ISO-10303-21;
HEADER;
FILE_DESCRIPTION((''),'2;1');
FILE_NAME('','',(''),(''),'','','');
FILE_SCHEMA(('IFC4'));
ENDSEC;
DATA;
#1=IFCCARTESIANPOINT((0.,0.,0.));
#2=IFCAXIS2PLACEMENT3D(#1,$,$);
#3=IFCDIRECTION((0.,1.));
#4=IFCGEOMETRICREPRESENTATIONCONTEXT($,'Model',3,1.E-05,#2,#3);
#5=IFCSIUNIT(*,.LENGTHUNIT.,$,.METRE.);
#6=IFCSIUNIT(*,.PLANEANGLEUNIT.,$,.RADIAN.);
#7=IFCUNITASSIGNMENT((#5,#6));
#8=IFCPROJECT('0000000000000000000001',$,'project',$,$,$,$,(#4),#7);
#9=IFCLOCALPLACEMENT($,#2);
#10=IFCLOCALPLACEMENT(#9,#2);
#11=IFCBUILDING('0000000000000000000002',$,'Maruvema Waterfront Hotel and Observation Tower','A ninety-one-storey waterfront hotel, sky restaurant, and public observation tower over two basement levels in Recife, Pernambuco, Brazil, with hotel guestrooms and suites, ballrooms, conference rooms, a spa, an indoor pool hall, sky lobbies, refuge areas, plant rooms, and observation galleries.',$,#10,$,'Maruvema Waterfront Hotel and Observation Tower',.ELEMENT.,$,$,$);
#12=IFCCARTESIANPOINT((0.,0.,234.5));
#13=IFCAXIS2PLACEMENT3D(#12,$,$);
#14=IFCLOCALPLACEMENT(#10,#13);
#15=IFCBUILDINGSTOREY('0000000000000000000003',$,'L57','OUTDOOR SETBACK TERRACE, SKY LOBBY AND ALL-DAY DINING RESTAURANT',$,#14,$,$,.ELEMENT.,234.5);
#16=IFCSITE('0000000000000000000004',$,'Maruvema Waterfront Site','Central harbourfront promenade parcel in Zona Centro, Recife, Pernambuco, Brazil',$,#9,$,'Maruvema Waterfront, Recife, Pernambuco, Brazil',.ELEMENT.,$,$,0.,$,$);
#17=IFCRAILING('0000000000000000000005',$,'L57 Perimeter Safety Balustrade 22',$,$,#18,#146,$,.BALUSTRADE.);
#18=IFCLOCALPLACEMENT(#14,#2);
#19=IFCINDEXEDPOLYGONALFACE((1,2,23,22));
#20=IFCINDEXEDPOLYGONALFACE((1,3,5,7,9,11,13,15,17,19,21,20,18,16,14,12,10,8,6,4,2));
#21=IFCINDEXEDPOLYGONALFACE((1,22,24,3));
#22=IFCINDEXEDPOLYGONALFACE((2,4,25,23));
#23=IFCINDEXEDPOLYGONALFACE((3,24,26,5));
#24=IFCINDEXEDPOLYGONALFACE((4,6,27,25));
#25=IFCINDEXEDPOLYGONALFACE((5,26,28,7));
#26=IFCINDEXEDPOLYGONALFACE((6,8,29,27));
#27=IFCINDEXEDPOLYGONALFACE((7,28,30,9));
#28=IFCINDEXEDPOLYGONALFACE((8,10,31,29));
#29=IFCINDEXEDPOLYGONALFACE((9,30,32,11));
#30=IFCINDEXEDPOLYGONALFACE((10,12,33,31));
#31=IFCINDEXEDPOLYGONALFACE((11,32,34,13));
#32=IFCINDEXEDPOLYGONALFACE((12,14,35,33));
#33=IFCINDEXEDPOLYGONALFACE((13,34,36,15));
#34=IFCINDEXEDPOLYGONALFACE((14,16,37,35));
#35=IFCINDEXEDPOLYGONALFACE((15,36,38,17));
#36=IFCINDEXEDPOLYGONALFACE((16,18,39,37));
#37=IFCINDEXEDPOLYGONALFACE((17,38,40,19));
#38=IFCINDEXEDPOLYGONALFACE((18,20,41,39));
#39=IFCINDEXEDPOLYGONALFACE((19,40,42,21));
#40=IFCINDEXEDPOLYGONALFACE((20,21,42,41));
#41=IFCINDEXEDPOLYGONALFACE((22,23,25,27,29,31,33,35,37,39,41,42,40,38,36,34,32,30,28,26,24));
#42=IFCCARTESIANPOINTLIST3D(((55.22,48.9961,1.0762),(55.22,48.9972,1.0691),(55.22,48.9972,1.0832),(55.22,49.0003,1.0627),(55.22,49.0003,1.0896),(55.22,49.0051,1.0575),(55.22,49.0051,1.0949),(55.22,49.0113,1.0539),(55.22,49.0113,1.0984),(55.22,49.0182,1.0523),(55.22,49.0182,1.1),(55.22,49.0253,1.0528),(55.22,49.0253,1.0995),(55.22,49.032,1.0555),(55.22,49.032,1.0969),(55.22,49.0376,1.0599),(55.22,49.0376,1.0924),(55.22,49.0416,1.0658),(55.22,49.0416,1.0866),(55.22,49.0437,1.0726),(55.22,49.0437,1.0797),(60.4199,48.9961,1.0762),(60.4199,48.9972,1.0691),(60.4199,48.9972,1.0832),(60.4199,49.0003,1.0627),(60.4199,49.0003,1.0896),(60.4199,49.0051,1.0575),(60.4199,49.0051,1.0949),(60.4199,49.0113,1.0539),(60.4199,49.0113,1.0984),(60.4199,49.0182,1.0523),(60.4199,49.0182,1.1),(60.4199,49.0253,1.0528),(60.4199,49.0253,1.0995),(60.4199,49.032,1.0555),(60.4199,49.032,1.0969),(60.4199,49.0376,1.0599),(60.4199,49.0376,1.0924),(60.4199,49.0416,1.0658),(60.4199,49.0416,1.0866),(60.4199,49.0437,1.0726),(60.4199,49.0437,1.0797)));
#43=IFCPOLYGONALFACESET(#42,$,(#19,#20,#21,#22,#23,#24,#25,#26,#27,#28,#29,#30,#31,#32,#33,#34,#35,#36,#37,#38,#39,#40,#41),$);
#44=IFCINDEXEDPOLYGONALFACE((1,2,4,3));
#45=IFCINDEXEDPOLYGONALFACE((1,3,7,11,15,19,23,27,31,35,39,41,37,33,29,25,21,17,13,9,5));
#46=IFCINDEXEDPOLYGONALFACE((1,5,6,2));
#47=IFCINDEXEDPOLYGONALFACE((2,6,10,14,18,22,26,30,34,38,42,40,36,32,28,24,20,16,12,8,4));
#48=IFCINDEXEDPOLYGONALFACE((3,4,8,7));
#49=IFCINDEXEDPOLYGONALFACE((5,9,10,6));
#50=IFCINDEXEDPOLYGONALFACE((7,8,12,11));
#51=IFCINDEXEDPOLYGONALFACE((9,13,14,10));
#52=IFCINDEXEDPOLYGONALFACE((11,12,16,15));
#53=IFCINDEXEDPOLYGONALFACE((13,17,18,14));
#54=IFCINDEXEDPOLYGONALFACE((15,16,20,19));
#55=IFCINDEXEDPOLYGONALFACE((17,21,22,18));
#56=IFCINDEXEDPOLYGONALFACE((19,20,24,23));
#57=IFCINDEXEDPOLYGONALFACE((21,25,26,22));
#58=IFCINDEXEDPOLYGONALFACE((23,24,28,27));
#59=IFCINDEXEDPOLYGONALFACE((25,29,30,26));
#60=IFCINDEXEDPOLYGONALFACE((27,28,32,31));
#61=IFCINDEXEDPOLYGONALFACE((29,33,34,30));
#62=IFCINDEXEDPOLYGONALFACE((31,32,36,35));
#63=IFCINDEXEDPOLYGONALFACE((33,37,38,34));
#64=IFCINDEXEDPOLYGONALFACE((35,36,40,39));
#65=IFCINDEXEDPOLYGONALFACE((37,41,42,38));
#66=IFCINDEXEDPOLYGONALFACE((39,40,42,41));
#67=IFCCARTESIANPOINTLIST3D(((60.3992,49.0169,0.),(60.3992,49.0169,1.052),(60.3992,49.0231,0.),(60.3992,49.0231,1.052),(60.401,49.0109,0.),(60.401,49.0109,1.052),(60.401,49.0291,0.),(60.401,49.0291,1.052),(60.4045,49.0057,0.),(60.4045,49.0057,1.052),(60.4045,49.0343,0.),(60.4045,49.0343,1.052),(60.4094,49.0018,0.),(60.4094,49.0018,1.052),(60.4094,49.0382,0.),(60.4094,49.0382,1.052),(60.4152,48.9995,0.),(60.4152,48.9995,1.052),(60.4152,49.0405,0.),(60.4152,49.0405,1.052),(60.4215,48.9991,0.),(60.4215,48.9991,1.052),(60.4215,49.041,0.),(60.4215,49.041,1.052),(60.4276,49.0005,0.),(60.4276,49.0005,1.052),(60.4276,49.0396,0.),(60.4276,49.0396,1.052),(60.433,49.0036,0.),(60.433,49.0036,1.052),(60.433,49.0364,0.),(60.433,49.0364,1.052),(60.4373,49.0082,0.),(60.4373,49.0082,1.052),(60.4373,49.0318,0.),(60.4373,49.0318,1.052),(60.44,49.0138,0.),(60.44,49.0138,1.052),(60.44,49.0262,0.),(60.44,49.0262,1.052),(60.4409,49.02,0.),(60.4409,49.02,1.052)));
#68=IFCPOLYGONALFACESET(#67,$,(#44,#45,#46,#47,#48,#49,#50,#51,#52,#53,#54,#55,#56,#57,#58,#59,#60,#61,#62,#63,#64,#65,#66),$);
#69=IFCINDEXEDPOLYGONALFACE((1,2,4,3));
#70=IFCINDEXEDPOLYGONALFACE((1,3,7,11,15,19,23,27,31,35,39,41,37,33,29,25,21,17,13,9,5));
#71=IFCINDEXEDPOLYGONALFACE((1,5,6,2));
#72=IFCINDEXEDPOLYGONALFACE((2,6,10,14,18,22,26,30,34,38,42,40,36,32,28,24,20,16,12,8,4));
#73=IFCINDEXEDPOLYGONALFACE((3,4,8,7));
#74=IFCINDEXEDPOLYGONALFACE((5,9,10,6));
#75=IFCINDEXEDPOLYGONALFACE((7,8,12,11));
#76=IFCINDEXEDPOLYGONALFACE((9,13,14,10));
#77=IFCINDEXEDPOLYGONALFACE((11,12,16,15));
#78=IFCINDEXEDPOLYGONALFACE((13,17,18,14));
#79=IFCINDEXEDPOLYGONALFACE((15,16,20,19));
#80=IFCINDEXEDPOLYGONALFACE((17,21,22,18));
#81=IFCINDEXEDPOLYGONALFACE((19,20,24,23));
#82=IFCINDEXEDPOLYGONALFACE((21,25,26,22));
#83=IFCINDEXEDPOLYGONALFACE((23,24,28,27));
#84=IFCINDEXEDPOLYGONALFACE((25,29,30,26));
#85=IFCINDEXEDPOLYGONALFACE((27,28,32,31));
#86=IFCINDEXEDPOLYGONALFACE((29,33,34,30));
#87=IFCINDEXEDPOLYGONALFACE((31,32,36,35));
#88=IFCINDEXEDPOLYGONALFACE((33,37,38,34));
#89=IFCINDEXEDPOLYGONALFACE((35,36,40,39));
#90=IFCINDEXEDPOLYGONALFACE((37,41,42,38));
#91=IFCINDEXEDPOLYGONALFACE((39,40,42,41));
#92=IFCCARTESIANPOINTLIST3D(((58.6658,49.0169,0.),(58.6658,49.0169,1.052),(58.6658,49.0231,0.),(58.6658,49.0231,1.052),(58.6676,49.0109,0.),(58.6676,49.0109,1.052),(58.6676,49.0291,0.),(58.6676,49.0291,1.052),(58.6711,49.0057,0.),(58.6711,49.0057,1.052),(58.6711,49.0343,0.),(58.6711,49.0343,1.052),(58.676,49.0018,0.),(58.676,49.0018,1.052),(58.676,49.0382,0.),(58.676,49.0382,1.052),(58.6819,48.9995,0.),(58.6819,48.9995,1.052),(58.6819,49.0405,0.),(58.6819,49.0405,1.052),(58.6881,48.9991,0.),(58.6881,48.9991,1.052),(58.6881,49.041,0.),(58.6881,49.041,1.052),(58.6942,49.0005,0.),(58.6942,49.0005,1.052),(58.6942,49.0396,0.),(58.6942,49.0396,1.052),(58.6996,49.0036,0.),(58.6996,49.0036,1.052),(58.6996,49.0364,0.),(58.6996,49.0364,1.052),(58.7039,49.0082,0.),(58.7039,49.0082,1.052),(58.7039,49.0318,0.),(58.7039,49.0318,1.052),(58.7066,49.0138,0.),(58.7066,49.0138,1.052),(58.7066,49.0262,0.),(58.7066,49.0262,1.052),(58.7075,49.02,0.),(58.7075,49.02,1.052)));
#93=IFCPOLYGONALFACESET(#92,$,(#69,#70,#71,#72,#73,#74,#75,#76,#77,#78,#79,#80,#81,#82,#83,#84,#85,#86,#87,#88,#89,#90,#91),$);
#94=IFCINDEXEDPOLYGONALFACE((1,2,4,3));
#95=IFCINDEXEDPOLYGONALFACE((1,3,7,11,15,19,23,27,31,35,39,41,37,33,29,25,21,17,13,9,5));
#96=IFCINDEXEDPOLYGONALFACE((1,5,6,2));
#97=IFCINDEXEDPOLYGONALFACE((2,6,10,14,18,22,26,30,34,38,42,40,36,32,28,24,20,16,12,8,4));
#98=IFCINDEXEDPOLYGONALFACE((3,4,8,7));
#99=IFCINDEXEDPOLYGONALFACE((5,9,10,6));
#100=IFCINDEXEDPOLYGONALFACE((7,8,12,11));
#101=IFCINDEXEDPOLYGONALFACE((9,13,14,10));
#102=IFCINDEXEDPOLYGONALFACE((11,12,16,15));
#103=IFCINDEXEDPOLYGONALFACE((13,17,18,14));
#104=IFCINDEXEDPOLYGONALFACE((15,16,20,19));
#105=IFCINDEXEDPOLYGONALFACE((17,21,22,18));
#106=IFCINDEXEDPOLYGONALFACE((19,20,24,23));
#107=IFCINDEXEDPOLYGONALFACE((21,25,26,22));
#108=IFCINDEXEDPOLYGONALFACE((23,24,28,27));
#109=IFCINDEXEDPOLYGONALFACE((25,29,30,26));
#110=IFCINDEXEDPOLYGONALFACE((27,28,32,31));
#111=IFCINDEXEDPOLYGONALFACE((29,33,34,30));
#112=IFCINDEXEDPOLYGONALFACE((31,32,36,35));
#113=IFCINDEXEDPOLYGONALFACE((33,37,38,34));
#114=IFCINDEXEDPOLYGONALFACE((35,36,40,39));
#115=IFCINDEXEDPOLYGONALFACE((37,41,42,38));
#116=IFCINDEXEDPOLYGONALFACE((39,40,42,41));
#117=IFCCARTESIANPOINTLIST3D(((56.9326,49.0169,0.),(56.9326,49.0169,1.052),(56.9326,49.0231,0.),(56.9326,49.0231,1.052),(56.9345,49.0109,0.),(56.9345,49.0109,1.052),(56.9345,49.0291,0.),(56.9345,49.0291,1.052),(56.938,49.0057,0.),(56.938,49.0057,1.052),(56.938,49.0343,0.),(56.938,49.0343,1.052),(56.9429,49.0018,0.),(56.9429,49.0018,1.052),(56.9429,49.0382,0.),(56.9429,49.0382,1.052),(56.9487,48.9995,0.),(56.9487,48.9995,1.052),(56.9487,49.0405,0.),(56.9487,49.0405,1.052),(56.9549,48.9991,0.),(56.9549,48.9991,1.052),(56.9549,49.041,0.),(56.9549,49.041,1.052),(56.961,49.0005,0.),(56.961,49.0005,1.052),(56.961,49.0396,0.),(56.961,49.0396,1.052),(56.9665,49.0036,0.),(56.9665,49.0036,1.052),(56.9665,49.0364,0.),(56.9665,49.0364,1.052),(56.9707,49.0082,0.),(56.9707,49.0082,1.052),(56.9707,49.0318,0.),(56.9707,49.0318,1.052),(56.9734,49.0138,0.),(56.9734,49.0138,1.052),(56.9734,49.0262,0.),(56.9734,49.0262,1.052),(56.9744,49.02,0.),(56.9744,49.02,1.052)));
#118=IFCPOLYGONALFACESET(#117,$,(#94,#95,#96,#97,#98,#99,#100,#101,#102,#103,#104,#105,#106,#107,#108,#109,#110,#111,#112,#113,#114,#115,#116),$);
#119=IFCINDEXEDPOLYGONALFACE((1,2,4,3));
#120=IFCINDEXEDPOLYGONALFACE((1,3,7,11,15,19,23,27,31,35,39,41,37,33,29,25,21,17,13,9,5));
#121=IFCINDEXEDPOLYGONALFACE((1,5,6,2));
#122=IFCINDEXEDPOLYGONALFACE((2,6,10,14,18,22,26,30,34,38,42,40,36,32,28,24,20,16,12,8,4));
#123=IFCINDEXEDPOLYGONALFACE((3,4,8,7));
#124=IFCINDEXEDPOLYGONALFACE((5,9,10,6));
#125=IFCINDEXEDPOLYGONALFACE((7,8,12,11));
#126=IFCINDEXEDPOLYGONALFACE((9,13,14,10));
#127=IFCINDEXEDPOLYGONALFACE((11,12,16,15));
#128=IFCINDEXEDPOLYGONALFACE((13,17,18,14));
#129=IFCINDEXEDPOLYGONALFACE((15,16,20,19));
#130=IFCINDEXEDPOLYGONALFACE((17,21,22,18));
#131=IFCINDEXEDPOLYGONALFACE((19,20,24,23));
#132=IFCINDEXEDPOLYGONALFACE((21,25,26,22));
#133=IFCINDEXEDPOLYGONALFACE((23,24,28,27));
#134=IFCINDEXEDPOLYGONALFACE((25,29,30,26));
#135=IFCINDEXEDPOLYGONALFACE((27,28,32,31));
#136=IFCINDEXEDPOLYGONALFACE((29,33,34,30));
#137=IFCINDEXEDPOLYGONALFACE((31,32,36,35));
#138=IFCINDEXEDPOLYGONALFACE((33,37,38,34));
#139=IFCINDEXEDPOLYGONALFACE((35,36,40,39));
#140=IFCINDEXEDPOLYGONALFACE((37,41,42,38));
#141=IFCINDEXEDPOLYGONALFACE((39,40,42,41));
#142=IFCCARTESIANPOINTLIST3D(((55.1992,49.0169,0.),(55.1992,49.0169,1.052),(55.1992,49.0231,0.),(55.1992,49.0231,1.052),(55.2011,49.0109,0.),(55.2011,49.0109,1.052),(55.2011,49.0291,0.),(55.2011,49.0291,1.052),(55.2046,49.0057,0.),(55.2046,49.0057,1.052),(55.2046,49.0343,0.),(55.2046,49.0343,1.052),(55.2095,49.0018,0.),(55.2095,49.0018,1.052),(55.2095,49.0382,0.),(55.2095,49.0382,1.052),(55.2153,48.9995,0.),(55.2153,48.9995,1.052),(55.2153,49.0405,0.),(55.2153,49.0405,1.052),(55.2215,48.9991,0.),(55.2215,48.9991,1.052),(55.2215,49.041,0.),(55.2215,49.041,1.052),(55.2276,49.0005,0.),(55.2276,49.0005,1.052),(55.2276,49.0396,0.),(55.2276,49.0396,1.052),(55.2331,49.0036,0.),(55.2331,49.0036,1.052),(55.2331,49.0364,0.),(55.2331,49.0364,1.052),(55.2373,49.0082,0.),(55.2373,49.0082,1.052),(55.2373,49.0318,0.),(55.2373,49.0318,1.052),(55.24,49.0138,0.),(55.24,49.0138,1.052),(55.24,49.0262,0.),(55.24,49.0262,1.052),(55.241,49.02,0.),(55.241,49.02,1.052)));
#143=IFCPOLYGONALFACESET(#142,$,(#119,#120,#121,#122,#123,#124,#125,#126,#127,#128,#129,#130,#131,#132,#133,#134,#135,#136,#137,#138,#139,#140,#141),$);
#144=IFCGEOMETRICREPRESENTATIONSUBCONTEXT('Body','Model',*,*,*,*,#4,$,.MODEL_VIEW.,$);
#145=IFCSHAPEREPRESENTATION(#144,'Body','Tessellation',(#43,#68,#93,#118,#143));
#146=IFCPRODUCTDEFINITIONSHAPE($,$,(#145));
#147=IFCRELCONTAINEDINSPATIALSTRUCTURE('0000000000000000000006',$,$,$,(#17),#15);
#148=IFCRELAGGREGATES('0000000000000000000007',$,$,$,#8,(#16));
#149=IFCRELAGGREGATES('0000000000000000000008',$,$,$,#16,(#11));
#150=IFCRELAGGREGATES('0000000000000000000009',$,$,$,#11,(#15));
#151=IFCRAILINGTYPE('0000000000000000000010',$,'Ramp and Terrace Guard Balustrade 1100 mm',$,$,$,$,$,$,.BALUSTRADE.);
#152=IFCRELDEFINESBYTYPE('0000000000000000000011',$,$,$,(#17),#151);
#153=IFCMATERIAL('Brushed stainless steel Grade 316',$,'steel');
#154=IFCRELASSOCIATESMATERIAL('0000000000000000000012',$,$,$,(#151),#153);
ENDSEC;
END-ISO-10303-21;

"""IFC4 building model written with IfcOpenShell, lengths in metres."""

from ifc_helpers import new_model, si_unit, direction, frame, origin, origin_2d, place, context, subcontext, project, spatial, circle, extrude, material, type_object, element, save


model = new_model("IFC4")

# Units and contexts
model_context = context("Model", 3, precision=1e-05, world=origin(), true_north=direction((0.0, 1.0)))
body_context = subcontext(model_context, "Body", "Model", "MODEL_VIEW")
ifc_project = project(units=[si_unit("LENGTHUNIT", "METRE"), si_unit("PLANEANGLEUNIT", "RADIAN")], contexts=[model_context])

# Site, building, storey
site_placement = place(None, origin())
site = spatial("IfcSite", under=ifc_project, at=site_placement, Name="Maruvema Waterfront Site", Description="Central harbourfront promenade parcel in Zona Centro, Recife, Pernambuco, Brazil", LongName="Maruvema Waterfront, Recife, Pernambuco, Brazil", CompositionType="ELEMENT", RefElevation=0.0)
building_placement = place(site_placement, origin())
building = spatial("IfcBuilding", under=site, at=building_placement, Name="Maruvema Waterfront Hotel and Observation Tower", Description="A ninety-one-storey waterfront hotel, sky restaurant, and public observation tower over two basement levels in Recife, Pernambuco, Brazil, with hotel guestrooms and suites, ballrooms, conference rooms, a spa, an indoor pool hall, sky lobbies, refuge areas, plant rooms, and observation galleries.", LongName="Maruvema Waterfront Hotel and Observation Tower", CompositionType="ELEMENT")
storey_placement = place(building_placement, frame((0.0, 0.0, 234.5)))
storey = spatial("IfcBuildingStorey", under=building, at=storey_placement, Name="L57", Description="OUTDOOR SETBACK TERRACE, SKY LOBBY AND ALL-DAY DINING RESTAURANT", CompositionType="ELEMENT", Elevation=234.5)

# Railing
ifc_material_1 = material(Name="Brushed stainless steel Grade 316", Category="steel")
railing_type_1 = type_object("IfcRailingType", Name="Ramp and Terrace Guard Balustrade 1100 mm", PredefinedType="BALUSTRADE", material=ifc_material_1)
railing_1_placement = place(storey_placement, frame((60.4199, 49.02, 0.0)))
element("IfcRailing", 1, at=railing_1_placement, inside=storey, type_object=railing_type_1, Name="L57 Perimeter Safety Balustrade 22", PredefinedType="BALUSTRADE", context=body_context, shape_type="SweptSolid", body=[
    extrude(circle(Radius=0.0239, at=origin_2d()), frame((0.0, 0.0, 1.0762), z_axis=(-1.0, 0.0, 0.0), x_axis=(0.0, -1.0, 0.0)), (0.0, 0.0, 1.0), 5.2),
    extrude(circle(Radius=0.021, at=origin_2d()), origin(), (0.0, 0.0, 1.0), 1.052),
    extrude(circle(Radius=0.021, at=origin_2d()), frame((-1.7334, 0.0, 0.0)), (0.0, 0.0, 1.0), 1.052),
    extrude(circle(Radius=0.021, at=origin_2d()), frame((-3.4666, 0.0, 0.0)), (0.0, 0.0, 1.0), 1.052),
    extrude(circle(Radius=0.021, at=origin_2d()), frame((-5.2, 0.0, 0.0)), (0.0, 0.0, 1.0), 1.052),
])

save(model, "model.ifc")
